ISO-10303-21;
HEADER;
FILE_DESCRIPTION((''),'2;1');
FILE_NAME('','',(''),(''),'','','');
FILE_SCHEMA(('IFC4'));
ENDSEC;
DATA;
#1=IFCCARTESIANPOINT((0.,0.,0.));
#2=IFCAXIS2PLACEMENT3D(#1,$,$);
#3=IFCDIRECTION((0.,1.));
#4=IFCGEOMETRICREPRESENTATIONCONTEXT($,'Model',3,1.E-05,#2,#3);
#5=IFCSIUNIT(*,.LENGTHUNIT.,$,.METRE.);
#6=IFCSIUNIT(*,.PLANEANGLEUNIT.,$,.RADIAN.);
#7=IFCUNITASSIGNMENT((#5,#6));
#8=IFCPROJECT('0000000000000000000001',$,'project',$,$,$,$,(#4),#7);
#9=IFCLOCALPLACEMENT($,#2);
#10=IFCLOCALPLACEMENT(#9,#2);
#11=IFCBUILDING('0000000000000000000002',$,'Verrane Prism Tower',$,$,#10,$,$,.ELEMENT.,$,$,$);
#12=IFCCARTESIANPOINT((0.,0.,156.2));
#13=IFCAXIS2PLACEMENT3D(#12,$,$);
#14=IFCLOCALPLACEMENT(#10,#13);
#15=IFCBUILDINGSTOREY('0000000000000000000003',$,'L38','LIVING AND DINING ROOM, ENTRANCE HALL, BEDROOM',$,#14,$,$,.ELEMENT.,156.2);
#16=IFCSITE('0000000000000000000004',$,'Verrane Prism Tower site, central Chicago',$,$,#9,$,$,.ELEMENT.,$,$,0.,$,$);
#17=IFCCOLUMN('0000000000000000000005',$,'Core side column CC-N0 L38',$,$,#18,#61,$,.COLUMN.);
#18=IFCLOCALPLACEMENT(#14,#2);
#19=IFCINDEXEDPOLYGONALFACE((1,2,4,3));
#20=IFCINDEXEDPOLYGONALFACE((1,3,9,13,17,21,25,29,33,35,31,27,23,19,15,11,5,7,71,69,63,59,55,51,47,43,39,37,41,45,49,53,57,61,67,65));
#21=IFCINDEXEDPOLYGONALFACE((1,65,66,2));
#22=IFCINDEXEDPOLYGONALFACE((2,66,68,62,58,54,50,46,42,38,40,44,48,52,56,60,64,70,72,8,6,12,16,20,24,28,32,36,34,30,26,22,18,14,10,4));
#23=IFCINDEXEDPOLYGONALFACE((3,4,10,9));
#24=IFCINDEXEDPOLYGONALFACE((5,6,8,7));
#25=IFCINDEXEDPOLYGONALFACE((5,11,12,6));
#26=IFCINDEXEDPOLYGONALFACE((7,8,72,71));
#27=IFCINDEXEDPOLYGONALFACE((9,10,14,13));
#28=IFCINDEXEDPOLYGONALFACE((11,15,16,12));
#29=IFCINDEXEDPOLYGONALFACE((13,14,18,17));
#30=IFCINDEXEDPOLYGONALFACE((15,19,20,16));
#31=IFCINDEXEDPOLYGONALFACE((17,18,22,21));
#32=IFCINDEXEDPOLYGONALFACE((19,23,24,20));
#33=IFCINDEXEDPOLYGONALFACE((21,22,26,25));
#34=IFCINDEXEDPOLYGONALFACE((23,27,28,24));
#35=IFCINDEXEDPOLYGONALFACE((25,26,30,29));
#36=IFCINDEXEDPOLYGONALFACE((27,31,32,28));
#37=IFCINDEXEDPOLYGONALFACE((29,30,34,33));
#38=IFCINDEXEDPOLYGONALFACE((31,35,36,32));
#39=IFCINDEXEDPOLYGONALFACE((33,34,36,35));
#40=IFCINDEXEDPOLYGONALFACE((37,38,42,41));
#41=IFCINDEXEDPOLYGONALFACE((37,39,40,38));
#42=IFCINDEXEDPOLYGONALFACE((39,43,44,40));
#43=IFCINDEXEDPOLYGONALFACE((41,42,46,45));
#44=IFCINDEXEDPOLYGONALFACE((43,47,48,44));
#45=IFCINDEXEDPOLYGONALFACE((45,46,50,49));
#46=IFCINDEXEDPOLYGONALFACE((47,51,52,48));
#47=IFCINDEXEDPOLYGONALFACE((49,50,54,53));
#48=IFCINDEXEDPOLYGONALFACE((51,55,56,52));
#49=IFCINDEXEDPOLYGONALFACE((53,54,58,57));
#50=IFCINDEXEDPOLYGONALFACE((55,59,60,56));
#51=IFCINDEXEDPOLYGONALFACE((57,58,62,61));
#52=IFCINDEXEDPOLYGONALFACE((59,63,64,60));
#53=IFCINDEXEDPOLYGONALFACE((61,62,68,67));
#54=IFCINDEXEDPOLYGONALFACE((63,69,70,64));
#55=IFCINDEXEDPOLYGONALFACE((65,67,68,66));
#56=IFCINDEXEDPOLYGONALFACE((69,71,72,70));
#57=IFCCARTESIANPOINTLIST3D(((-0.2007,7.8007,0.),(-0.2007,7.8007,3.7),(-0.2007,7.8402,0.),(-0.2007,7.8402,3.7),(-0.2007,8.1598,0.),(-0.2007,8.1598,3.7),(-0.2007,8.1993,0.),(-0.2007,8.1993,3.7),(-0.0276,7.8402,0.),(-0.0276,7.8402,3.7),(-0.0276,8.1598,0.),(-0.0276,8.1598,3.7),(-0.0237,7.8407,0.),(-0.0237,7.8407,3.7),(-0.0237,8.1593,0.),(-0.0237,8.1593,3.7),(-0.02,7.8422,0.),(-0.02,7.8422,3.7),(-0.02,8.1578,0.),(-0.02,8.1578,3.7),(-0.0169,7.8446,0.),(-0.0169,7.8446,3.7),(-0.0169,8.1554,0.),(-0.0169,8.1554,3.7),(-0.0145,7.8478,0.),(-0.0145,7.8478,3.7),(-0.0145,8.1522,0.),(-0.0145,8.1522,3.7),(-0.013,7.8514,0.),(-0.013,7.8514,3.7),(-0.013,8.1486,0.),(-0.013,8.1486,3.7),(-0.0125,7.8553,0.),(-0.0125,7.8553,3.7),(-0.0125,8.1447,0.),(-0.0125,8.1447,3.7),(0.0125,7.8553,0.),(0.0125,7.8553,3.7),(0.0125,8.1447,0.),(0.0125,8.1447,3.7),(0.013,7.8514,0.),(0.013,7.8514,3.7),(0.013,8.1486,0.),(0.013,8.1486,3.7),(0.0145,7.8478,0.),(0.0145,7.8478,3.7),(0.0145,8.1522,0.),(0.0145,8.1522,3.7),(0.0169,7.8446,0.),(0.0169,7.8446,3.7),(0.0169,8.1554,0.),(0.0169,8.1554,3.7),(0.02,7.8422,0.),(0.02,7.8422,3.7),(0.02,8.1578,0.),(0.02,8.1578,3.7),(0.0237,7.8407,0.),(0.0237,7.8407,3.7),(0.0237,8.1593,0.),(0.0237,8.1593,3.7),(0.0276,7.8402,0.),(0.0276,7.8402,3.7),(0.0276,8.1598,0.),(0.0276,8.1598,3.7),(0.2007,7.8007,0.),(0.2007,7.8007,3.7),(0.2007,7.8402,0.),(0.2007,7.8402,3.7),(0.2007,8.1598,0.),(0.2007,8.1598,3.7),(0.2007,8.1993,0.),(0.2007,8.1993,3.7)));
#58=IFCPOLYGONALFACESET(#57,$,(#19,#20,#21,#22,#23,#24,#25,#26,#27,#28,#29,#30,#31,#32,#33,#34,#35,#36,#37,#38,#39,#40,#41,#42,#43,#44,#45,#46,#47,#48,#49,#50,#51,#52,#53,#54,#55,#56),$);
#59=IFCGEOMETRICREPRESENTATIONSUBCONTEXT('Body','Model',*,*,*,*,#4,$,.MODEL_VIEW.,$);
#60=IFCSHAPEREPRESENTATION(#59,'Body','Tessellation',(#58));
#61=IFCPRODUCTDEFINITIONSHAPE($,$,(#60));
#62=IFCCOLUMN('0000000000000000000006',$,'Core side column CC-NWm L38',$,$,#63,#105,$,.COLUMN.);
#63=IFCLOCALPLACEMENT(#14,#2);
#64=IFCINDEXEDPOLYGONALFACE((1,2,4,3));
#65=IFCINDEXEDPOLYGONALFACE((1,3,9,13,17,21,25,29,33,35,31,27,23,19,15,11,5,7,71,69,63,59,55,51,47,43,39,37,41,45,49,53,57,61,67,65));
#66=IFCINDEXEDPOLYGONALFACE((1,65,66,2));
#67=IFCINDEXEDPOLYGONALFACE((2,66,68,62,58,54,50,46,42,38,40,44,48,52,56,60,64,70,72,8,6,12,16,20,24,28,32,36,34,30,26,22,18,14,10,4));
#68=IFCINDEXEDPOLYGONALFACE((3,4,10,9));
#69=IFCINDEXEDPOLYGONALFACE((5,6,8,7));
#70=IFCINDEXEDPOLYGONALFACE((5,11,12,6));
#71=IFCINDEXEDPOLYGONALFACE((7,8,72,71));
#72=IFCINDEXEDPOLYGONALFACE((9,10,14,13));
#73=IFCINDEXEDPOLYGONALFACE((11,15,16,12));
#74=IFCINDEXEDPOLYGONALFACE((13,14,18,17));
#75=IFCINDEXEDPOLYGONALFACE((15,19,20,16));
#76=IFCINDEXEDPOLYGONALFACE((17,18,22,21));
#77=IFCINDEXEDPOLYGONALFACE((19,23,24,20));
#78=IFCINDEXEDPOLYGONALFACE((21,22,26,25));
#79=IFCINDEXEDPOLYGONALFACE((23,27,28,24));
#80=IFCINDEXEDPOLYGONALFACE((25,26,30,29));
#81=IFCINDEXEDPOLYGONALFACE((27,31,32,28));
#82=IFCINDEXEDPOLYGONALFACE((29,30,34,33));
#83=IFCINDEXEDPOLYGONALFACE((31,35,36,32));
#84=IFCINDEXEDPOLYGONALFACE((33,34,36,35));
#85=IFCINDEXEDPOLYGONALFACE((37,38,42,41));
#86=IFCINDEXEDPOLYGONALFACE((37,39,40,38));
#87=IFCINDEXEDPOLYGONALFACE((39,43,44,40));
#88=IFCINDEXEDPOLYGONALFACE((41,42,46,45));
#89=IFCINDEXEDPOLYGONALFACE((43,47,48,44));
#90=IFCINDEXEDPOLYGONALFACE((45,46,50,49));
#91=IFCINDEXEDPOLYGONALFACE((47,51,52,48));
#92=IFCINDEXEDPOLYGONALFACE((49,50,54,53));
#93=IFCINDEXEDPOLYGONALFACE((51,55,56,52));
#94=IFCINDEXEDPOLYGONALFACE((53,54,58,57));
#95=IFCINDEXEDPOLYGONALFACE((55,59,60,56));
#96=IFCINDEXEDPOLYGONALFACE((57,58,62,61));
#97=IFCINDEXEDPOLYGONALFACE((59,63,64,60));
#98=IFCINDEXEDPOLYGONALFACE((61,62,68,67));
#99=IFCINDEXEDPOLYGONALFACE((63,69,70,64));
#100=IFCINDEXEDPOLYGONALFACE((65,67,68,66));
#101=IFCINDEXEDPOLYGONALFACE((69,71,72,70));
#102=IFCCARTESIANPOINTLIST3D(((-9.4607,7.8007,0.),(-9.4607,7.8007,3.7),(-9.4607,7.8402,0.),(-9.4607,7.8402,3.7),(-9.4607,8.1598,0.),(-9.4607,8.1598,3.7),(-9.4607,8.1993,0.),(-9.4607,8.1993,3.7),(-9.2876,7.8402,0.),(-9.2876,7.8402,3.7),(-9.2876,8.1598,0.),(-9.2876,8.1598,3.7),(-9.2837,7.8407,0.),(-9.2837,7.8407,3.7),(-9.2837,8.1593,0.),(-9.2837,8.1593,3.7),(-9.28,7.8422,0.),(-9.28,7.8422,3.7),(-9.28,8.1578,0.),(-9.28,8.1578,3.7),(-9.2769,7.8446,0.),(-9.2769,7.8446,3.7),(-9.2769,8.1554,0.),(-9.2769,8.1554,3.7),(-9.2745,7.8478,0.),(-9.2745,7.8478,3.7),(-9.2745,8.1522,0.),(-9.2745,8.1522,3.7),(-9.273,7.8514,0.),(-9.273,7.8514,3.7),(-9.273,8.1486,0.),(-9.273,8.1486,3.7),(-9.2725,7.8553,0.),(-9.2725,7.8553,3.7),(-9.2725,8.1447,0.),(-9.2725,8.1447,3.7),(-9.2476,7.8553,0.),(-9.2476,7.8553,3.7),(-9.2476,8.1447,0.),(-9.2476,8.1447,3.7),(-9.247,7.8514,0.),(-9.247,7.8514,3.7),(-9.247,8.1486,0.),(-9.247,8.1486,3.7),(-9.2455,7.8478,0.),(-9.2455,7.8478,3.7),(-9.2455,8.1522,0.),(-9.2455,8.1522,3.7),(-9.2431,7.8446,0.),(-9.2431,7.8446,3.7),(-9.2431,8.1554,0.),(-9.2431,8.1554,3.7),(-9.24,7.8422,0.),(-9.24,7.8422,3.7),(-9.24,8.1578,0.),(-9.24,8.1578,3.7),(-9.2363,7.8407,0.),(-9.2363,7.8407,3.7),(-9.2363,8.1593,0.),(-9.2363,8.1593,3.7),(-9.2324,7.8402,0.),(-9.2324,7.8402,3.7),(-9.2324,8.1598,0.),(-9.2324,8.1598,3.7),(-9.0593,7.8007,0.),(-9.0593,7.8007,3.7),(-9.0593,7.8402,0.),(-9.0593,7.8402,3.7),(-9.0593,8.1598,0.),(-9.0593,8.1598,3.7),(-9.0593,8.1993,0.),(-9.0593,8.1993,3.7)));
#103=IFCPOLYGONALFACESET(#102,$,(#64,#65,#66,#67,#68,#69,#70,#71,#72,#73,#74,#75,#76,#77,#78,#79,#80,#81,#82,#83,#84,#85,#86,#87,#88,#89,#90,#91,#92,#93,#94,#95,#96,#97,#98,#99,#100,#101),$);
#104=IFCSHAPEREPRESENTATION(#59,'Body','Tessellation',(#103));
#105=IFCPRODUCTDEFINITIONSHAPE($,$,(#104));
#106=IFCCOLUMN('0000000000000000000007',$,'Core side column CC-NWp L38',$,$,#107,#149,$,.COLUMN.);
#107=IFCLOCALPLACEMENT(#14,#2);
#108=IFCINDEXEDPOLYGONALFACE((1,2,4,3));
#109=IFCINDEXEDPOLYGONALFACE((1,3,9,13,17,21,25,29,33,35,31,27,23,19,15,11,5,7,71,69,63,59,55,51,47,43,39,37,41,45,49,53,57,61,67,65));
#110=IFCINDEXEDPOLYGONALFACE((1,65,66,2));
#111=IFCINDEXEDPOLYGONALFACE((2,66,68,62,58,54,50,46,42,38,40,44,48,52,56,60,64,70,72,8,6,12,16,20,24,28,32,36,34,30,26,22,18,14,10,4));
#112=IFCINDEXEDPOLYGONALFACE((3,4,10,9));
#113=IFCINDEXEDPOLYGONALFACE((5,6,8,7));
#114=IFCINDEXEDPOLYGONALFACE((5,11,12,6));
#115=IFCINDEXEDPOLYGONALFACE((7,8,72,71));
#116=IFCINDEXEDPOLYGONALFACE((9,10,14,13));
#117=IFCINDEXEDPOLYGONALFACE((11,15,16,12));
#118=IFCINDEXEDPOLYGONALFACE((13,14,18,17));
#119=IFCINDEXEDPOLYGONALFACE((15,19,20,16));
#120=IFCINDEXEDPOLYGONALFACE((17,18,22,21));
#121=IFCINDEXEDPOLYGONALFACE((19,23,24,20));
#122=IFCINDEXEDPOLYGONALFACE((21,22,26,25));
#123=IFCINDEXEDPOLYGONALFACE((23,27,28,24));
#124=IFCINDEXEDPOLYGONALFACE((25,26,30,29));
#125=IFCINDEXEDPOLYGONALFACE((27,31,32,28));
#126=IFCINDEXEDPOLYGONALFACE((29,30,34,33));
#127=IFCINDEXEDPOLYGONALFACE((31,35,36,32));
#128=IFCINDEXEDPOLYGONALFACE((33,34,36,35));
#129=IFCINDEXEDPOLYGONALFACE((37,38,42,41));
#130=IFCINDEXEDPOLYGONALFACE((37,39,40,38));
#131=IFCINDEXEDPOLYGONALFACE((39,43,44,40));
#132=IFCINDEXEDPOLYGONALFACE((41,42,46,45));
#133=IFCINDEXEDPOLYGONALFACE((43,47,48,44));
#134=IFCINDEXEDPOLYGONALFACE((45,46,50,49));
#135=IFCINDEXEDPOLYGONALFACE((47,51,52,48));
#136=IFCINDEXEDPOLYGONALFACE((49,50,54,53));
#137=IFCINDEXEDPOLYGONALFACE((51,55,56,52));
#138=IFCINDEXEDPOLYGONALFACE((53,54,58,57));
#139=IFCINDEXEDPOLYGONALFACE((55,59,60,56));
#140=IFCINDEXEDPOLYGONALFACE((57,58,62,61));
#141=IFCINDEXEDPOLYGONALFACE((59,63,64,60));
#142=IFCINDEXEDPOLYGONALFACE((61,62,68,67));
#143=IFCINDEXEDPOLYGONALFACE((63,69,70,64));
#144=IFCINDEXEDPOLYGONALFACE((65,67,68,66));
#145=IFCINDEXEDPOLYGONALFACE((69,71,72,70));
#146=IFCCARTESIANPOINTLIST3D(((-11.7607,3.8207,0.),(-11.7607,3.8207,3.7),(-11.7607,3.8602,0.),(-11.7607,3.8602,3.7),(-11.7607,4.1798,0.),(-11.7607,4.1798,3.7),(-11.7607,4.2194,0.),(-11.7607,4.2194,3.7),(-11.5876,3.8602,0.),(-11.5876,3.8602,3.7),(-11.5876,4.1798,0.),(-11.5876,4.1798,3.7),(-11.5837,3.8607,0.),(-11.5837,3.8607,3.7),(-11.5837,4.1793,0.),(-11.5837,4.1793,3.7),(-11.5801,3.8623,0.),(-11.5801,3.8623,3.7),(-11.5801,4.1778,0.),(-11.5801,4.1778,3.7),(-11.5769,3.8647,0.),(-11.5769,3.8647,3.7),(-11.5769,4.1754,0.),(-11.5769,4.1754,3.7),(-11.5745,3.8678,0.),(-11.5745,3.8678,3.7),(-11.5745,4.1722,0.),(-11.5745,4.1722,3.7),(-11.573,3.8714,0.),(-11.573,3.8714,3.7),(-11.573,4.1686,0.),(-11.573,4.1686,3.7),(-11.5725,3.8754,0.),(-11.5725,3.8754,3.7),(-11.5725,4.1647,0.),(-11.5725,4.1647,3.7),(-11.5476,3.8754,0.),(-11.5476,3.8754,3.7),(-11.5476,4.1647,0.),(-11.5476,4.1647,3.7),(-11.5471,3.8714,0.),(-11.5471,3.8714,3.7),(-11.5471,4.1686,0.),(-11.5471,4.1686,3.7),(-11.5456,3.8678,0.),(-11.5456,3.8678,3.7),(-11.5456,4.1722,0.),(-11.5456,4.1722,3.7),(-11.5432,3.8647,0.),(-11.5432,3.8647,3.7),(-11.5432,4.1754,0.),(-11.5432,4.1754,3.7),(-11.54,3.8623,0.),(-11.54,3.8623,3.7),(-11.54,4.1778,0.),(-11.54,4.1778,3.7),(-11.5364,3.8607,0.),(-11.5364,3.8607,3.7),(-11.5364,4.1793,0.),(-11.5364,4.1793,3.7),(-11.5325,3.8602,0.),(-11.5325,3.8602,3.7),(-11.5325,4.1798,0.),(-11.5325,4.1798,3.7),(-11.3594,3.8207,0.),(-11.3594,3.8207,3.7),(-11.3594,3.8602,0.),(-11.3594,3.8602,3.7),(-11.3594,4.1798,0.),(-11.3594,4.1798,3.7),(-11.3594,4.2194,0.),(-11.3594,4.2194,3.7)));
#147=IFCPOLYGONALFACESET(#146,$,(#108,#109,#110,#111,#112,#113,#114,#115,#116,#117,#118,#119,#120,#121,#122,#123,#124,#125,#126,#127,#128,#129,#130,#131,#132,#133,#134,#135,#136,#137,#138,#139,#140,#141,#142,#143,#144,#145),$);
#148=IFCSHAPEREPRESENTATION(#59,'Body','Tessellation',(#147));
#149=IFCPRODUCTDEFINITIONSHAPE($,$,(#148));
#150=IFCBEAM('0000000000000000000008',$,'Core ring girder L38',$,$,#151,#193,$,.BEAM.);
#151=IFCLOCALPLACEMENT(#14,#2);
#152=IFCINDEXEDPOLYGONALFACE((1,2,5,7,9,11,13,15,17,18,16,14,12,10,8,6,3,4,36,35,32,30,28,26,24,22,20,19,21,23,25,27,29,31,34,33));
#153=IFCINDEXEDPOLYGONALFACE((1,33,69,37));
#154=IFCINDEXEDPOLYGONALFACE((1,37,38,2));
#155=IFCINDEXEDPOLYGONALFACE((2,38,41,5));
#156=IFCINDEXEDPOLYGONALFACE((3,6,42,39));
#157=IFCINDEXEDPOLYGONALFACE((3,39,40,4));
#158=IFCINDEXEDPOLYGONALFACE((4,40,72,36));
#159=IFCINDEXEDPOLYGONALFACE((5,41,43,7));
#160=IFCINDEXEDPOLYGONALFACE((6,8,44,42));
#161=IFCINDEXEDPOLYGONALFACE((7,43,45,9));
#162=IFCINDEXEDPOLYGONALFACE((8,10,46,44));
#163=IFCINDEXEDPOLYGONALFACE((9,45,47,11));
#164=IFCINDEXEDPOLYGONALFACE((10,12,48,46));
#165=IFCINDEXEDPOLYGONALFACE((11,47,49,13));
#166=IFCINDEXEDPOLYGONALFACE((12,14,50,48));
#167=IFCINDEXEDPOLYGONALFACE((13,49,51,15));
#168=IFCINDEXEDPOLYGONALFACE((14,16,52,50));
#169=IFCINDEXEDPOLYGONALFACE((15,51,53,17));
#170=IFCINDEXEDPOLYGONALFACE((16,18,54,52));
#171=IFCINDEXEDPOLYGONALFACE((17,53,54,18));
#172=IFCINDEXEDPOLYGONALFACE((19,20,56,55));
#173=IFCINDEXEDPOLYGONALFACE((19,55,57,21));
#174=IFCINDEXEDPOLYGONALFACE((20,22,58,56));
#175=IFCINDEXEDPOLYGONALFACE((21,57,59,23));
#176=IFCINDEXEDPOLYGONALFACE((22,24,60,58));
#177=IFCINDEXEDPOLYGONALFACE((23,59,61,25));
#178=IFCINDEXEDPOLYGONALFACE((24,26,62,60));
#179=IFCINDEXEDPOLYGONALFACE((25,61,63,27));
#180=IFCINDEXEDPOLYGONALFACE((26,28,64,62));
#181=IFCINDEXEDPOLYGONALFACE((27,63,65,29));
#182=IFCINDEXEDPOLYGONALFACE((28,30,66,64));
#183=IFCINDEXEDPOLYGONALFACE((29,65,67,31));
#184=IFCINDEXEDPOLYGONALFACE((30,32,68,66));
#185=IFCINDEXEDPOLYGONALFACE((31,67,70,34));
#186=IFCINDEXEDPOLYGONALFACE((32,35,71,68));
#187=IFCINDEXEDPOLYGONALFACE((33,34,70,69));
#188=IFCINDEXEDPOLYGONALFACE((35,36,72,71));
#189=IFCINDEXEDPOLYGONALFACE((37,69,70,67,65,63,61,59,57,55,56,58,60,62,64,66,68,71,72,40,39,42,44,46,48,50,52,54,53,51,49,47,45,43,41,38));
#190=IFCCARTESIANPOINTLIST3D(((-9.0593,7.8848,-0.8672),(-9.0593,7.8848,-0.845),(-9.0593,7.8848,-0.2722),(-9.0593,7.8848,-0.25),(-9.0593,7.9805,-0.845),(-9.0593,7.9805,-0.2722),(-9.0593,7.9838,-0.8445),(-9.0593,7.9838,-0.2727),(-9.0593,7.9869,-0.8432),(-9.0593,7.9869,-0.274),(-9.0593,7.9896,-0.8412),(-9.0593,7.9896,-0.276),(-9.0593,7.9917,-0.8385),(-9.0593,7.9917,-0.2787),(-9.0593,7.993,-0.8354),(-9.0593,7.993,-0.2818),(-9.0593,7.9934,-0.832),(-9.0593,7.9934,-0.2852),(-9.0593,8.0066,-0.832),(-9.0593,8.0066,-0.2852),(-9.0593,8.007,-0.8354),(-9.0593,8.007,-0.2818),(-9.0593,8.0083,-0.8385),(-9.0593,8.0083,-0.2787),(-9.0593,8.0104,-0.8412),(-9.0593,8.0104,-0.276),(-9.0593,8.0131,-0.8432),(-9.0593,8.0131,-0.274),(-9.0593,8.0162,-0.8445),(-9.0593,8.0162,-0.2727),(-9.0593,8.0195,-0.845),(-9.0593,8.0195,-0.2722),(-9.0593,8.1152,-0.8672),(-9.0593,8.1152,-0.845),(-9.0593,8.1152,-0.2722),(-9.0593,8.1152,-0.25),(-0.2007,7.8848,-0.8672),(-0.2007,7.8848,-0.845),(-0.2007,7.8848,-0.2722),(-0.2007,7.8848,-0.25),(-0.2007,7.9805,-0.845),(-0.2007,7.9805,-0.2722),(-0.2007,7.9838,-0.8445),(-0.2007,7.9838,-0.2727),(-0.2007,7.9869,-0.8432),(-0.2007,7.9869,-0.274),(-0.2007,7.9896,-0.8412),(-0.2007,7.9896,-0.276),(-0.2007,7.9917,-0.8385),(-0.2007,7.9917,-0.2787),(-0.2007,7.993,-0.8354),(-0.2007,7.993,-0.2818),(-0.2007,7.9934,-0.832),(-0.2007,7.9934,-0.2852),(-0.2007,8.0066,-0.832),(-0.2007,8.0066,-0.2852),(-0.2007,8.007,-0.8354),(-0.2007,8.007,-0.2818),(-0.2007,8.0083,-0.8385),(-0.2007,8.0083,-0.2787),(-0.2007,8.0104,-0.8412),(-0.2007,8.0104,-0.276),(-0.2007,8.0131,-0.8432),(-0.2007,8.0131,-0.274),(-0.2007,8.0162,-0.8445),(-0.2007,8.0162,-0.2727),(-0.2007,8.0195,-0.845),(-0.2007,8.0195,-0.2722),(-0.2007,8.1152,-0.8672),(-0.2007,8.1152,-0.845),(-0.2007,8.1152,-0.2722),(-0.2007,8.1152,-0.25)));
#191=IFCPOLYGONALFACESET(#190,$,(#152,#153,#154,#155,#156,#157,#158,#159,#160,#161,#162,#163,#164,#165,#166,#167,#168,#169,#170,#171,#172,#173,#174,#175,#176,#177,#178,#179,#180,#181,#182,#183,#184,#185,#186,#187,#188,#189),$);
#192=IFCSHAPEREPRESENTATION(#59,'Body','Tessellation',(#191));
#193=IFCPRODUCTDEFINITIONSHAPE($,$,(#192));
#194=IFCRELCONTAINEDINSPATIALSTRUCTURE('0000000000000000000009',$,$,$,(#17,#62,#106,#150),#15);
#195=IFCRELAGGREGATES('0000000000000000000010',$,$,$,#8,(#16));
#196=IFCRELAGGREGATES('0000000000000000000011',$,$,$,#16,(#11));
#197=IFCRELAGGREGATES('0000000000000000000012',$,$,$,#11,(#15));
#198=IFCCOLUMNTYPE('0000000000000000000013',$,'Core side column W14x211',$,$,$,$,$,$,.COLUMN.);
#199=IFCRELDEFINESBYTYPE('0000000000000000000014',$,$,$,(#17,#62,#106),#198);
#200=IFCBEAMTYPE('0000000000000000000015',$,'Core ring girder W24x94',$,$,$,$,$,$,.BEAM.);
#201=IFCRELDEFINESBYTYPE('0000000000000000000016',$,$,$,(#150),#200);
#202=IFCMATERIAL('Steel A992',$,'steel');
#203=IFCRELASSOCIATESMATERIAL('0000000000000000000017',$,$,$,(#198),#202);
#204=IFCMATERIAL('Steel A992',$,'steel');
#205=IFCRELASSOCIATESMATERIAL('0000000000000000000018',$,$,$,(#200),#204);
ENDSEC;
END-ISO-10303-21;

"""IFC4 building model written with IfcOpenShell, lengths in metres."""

from ifc_helpers import new_model, si_unit, direction, frame, origin, origin_2d, place, context, subcontext, project, spatial, i_section, extrude, material, material_profile, profile_set, type_object, element, save


model = new_model("IFC4")

# Units and contexts
model_context = context("Model", 3, precision=1e-05, world=origin(), true_north=direction((0.0, 1.0)))
body_context = subcontext(model_context, "Body", "Model", "MODEL_VIEW")
ifc_project = project(units=[si_unit("LENGTHUNIT", "METRE"), si_unit("PLANEANGLEUNIT", "RADIAN")], contexts=[model_context])

# Site, building, storey
site_placement = place(None, origin())
site = spatial("IfcSite", under=ifc_project, at=site_placement, Name="Verrane Prism Tower site, central Chicago", CompositionType="ELEMENT", RefElevation=0.0)
building_placement = place(site_placement, origin())
building = spatial("IfcBuilding", under=site, at=building_placement, Name="Verrane Prism Tower", CompositionType="ELEMENT")
storey_placement = place(building_placement, frame((0.0, 0.0, 156.2)))
storey = spatial("IfcBuildingStorey", under=building, at=storey_placement, Name="L38", Description="LIVING AND DINING ROOM, ENTRANCE HALL, BEDROOM", CompositionType="ELEMENT", Elevation=156.2)

# Columns
ifc_material_1 = material(Name="Steel A992", Category="steel")
ifc_material_profile_1 = material_profile(ifc_material_1, i_section(OverallWidth=0.4014, OverallDepth=0.3987, WebThickness=0.0249, FlangeThickness=0.0396, FilletRadius=0.0151, at=origin_2d()), Name="W14x211")
ifc_profile_set_1 = profile_set([ifc_material_profile_1], Name="Steel A992")
column_type = type_object("IfcColumnType", Name="Core side column W14x211", PredefinedType="COLUMN", material=ifc_profile_set_1)
for number, where, z_axis, x_axis, name in (
    (1, (0.0, 8.0, 0.0), (0.0, 0.0, 1.0), (1.0, 0.0, 0.0), "Core side column CC-N0 L38"),
    (2, (-9.26, 8.0, 0.0), (0.0, 0.0, 1.0), (1.0, 0.0, 0.0), "Core side column CC-NWm L38"),
    (3, (-11.5601, 4.02, 0.0), (0.0, 0.0, 1.0), (1.0, 0.0, 0.0), "Core side column CC-NWp L38"),
):
    element("IfcColumn", number, at=place(storey_placement, frame(where, z_axis=z_axis, x_axis=x_axis)), inside=storey, type_object=column_type, Name=name, PredefinedType="COLUMN", context=body_context, shape_type="SweptSolid", body=[
        extrude(i_section(OverallWidth=0.4014, OverallDepth=0.3987, WebThickness=0.0249, FlangeThickness=0.0396, FilletRadius=0.0151, at=origin_2d()), origin(), (0.0, 0.0, 1.0), 3.7),
    ])

# Beam
ifc_material_2 = material(Name="Steel A992", Category="steel")
ifc_material_profile_2 = material_profile(ifc_material_2, i_section(OverallWidth=0.2305, OverallDepth=0.6172, WebThickness=0.0132, FlangeThickness=0.0222, FilletRadius=0.0129, at=origin_2d()), Name="W24x94")
ifc_profile_set_2 = profile_set([ifc_material_profile_2], Name="Steel A992")
beam_type = type_object("IfcBeamType", Name="Core ring girder W24x94", PredefinedType="BEAM", material=ifc_profile_set_2)
beam_1_placement = place(storey_placement, frame((-0.2007, 8.0, -0.5586), z_axis=(-1.0, 0.0, 0.0), x_axis=(0.0, -1.0, 0.0)))
element("IfcBeam", 4, at=beam_1_placement, inside=storey, type_object=beam_type, Name="Core ring girder L38", PredefinedType="BEAM", context=body_context, shape_type="SweptSolid", body=[
    extrude(i_section(OverallWidth=0.2305, OverallDepth=0.6172, WebThickness=0.0132, FlangeThickness=0.0222, FilletRadius=0.0129, at=origin_2d()), origin(), (0.0, 0.0, 1.0), 8.8586),
])

save(model, "model.ifc")
